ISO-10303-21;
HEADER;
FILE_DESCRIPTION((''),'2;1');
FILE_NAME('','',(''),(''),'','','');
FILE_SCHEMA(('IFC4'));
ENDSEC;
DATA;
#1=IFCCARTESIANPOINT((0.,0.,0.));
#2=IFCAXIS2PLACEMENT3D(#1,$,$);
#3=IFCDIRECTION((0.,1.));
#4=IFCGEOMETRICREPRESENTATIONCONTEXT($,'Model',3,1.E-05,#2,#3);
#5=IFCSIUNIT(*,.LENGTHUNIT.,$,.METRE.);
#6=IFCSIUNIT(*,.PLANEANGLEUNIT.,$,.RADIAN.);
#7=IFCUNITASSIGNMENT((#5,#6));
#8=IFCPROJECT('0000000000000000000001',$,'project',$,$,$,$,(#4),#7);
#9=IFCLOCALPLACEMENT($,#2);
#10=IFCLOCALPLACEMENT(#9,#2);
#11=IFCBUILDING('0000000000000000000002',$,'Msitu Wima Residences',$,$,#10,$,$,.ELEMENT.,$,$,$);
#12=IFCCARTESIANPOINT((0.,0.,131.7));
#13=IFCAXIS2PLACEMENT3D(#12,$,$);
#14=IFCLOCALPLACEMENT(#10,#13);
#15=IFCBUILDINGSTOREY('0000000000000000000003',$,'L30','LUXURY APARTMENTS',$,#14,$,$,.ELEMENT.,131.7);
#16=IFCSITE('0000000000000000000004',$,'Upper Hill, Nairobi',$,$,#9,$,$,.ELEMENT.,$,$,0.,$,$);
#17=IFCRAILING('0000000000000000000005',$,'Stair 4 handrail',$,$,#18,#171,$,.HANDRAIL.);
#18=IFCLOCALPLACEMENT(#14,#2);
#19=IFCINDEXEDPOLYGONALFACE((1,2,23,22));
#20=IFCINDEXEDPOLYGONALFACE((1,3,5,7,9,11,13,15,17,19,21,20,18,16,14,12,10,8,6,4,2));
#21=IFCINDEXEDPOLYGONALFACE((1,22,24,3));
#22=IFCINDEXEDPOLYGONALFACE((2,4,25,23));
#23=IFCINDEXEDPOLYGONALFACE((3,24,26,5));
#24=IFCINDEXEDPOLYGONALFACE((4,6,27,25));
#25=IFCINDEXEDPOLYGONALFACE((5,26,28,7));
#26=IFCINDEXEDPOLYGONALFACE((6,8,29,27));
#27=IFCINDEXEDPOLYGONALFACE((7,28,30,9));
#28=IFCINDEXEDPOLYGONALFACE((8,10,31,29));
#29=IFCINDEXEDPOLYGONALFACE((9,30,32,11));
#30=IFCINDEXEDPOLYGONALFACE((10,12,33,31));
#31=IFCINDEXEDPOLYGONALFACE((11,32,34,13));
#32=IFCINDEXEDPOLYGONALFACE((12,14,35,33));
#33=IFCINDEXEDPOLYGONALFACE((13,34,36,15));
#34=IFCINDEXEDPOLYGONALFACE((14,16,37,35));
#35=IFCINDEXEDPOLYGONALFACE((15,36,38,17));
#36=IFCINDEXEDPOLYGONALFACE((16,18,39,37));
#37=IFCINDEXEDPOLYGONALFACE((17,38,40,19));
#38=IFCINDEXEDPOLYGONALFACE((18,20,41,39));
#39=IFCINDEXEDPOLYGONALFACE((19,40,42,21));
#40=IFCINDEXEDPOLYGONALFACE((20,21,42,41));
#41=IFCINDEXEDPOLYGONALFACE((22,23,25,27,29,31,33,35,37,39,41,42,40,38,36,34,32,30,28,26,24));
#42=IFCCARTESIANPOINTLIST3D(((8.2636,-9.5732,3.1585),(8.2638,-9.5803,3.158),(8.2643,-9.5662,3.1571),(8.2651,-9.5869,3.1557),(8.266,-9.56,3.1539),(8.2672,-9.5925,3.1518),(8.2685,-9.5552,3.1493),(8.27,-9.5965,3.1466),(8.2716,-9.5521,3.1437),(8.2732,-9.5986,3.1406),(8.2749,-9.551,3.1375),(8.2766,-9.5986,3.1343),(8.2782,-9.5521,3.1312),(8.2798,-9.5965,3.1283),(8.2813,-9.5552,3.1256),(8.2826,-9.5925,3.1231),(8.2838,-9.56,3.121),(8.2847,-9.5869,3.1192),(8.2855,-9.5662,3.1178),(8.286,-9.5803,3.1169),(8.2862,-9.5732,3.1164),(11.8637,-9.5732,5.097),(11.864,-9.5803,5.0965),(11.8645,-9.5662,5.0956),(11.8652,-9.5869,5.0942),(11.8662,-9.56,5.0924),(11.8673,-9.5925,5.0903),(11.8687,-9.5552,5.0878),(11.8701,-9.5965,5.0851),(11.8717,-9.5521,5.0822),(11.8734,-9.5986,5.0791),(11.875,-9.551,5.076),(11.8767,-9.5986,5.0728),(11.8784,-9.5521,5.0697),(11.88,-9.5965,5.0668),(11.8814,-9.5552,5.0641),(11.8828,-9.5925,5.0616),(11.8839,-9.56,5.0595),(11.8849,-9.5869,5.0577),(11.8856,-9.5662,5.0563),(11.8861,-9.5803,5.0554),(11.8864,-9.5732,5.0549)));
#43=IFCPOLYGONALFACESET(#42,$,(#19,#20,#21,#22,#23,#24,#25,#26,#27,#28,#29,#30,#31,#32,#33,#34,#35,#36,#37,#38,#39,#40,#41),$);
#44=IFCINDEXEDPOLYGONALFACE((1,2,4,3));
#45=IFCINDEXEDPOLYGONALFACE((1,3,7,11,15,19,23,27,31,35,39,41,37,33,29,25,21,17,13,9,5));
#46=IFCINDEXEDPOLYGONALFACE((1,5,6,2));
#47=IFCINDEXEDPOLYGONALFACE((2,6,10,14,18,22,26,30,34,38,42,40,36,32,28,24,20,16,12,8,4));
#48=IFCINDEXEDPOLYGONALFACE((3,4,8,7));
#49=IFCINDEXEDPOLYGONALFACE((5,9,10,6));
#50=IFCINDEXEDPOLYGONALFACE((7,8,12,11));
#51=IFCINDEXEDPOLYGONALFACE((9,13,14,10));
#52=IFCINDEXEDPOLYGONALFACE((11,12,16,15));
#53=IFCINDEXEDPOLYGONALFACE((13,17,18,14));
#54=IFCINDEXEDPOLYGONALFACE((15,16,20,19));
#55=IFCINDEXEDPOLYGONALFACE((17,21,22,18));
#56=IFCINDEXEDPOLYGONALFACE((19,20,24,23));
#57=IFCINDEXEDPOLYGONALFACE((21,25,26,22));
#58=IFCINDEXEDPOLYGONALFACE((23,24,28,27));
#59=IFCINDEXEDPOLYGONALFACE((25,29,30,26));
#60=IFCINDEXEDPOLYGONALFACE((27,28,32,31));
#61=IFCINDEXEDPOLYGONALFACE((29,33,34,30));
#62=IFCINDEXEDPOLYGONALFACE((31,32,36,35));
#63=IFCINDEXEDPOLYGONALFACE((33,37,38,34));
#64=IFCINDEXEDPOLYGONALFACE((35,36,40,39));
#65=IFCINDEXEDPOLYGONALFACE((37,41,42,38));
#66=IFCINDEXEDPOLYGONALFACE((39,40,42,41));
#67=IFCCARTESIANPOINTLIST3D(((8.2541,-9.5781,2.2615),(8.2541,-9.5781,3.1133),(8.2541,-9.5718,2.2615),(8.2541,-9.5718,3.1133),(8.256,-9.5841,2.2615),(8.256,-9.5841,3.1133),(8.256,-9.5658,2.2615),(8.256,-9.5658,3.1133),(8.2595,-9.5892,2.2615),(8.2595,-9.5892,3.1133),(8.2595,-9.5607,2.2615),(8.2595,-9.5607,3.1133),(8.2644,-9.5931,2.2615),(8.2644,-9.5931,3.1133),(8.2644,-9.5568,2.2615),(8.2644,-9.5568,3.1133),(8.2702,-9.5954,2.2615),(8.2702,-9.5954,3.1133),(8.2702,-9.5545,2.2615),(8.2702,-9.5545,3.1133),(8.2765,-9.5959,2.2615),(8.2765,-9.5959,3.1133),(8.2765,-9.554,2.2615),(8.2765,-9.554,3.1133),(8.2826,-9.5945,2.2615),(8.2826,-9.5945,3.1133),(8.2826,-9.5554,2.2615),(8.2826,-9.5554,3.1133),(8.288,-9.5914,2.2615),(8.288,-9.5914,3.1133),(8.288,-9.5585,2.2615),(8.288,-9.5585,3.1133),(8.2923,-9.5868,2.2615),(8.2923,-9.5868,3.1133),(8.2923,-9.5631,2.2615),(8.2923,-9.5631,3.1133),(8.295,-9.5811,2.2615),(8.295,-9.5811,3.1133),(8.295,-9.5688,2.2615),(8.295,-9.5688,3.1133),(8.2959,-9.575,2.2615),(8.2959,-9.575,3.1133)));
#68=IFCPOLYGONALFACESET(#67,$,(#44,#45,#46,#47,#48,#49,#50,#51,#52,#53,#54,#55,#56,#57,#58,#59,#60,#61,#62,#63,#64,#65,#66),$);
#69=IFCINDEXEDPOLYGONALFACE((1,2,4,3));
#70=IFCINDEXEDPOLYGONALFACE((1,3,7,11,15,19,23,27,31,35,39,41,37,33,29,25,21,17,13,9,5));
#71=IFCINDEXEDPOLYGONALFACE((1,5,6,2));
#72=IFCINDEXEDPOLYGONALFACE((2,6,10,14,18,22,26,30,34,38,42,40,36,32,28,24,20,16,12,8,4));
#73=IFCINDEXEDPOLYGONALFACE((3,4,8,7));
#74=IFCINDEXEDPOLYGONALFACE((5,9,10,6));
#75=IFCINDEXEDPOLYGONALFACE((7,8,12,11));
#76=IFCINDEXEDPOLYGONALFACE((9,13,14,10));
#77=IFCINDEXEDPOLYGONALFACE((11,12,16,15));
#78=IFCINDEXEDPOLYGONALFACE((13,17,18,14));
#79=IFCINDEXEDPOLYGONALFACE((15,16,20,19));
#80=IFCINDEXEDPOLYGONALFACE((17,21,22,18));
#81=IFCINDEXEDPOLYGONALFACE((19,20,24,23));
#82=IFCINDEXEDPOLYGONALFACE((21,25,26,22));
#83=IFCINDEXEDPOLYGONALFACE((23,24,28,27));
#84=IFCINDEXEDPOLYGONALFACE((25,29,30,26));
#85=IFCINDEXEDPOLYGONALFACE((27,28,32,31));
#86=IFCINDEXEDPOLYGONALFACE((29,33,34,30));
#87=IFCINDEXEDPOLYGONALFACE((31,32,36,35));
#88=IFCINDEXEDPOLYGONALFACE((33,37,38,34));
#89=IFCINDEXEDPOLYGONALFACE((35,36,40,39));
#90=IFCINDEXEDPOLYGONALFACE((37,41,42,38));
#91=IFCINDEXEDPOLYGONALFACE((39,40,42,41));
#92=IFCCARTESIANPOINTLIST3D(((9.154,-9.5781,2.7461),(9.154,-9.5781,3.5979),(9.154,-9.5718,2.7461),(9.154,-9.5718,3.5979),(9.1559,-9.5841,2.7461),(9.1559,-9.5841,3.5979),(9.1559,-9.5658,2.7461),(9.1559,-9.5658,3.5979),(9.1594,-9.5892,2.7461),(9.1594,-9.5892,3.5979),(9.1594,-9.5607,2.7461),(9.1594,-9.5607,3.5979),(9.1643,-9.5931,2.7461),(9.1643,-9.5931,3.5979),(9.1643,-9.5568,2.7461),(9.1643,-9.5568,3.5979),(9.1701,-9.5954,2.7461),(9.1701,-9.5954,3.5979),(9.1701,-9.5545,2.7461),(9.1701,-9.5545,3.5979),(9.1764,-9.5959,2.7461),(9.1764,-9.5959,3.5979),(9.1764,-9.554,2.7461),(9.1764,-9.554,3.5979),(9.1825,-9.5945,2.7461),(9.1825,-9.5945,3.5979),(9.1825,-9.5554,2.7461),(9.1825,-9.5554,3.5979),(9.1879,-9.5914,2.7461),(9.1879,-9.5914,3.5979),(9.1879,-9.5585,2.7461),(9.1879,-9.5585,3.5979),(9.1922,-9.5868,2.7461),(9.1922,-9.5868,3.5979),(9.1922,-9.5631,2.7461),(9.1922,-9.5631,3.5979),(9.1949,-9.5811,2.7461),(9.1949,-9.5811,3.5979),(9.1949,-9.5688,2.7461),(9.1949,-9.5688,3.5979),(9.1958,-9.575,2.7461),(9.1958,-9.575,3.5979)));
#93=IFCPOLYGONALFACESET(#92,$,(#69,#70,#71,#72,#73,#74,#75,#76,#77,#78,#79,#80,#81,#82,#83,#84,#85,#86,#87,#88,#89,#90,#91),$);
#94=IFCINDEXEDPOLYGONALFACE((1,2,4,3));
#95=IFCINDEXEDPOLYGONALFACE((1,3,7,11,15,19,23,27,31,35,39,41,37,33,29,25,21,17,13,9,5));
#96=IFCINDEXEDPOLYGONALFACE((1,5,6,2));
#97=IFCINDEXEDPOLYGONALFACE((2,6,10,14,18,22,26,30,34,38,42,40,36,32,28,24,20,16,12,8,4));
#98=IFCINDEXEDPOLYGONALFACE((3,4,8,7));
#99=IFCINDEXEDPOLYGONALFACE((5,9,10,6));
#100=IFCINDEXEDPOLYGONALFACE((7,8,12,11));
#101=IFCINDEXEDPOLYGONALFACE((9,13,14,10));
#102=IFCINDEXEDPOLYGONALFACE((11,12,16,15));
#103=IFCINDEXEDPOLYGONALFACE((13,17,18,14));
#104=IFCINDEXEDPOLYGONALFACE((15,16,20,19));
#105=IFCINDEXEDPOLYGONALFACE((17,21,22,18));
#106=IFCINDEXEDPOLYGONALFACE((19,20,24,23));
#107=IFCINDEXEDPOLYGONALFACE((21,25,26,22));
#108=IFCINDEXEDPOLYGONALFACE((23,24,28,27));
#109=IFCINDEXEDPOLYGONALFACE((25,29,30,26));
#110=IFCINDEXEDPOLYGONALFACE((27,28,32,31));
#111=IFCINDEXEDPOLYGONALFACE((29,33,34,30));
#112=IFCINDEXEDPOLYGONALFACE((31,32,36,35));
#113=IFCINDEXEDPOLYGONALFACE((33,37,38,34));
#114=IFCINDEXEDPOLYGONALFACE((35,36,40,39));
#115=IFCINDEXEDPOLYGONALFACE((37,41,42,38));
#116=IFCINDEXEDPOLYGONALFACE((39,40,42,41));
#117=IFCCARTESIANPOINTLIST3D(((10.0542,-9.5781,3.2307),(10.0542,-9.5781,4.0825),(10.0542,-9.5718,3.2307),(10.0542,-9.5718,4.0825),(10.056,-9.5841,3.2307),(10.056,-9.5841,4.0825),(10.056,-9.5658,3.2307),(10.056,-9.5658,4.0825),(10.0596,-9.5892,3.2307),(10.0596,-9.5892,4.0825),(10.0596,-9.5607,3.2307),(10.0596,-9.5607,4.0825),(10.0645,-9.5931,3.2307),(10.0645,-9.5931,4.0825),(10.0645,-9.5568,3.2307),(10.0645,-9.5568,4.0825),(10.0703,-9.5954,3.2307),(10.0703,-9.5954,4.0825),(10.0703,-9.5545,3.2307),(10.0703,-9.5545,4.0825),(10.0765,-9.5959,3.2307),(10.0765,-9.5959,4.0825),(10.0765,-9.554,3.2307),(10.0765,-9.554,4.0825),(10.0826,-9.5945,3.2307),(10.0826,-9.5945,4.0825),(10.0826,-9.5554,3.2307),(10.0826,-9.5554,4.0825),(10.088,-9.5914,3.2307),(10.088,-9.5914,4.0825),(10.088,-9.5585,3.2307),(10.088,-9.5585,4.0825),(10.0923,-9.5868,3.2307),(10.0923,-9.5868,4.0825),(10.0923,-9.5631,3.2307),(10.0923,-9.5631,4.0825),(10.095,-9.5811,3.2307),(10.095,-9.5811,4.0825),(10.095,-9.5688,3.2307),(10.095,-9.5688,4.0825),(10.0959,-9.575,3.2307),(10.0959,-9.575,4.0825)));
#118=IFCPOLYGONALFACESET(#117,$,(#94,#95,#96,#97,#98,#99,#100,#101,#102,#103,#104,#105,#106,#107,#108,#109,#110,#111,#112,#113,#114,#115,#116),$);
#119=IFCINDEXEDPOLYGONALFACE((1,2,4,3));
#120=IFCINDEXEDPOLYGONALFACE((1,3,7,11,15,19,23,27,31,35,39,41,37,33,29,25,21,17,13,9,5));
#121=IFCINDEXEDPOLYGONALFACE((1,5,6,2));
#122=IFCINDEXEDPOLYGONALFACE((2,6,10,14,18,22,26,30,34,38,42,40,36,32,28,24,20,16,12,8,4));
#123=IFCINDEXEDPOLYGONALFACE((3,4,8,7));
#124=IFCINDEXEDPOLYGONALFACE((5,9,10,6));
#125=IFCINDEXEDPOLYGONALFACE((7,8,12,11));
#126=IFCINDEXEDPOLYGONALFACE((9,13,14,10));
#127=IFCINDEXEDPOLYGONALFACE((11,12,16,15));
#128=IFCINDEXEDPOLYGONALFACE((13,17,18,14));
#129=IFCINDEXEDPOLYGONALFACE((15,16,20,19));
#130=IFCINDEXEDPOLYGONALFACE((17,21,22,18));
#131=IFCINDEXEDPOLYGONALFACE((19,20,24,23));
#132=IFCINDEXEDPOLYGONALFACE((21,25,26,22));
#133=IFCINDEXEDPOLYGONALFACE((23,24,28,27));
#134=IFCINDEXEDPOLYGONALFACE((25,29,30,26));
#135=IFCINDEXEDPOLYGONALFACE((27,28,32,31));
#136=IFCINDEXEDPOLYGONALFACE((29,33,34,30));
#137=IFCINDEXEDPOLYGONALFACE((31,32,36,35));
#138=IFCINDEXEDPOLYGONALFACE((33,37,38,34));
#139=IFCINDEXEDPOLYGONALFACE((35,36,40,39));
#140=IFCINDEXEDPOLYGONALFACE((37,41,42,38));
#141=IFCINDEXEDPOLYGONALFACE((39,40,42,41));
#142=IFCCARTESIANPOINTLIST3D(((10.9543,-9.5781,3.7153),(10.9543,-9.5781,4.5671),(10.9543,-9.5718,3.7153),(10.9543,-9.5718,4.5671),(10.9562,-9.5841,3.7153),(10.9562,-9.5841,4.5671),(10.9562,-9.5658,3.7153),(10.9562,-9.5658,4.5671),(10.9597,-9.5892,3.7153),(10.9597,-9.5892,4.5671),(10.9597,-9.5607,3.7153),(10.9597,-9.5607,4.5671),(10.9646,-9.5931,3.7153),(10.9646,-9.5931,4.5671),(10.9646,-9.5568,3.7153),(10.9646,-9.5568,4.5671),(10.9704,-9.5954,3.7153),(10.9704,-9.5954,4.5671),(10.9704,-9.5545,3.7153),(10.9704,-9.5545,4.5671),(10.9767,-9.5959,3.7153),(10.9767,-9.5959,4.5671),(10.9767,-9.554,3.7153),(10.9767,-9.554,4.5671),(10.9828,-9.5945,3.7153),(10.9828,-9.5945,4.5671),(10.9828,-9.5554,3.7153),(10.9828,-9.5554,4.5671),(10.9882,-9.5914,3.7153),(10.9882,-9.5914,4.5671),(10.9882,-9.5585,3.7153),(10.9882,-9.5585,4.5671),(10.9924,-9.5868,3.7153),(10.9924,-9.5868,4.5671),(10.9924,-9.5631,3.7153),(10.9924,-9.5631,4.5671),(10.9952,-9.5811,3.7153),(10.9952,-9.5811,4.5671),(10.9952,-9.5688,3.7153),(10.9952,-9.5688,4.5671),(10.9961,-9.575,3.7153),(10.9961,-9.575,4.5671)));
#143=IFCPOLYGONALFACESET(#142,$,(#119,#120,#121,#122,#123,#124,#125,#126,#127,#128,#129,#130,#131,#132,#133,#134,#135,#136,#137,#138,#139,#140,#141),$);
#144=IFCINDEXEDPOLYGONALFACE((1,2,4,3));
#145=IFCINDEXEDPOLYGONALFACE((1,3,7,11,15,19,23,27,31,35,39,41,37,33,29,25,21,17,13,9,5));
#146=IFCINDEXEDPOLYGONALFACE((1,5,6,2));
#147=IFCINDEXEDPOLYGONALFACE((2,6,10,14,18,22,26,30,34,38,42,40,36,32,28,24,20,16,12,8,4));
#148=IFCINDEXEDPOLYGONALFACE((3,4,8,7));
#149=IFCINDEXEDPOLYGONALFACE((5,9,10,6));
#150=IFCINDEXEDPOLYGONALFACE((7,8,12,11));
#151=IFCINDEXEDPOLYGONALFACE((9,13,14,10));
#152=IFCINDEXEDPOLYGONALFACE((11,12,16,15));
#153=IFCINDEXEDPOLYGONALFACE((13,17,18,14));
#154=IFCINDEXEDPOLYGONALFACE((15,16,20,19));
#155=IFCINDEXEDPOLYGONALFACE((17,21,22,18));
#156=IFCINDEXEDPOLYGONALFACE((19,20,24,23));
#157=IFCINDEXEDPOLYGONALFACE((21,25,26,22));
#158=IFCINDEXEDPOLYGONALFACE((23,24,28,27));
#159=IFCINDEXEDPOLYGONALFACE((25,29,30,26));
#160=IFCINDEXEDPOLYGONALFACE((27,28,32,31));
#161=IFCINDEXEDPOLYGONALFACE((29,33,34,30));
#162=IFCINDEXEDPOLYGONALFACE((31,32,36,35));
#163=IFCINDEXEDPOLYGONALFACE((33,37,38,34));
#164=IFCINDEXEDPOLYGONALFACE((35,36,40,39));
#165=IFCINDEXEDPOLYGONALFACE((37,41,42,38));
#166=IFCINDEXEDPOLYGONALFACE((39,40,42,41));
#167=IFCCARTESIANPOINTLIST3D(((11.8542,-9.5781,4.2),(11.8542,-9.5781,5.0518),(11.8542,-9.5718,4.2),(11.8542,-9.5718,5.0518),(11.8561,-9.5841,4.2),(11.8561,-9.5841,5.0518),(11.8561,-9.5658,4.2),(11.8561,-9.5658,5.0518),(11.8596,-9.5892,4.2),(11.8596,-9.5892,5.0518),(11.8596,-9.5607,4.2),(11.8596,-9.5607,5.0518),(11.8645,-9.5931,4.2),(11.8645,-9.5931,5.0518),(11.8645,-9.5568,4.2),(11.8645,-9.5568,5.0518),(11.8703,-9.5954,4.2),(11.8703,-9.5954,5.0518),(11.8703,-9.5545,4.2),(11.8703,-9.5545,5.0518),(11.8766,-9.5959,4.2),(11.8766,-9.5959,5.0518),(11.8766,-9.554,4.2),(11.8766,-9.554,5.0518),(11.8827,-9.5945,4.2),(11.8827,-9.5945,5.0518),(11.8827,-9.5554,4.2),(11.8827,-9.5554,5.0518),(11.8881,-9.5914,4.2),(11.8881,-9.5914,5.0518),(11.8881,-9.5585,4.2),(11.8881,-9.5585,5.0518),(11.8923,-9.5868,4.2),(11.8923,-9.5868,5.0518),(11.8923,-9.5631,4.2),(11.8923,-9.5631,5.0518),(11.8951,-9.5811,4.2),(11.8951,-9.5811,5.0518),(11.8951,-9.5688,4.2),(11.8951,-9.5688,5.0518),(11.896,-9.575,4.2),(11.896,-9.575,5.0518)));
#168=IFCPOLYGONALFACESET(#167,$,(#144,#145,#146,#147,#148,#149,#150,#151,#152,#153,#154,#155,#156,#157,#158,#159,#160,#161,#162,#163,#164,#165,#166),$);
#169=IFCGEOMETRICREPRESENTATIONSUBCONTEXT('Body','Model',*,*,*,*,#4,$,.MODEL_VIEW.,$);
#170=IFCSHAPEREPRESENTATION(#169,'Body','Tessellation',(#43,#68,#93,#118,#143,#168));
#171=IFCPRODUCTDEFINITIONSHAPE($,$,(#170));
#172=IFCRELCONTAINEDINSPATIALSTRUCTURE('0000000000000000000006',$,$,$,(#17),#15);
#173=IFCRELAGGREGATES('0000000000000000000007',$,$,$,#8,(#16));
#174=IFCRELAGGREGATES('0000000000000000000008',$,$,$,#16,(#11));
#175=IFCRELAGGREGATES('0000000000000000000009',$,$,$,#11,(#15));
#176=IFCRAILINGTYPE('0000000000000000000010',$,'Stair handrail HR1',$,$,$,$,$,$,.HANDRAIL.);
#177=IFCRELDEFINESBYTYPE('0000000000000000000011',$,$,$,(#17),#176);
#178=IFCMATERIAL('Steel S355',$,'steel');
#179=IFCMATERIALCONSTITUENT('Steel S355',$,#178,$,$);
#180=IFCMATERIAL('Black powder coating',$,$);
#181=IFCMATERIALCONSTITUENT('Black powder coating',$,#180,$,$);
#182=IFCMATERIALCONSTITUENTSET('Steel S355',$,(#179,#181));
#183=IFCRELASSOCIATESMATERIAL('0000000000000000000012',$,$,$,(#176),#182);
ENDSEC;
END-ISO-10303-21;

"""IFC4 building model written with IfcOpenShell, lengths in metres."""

from ifc_helpers import new_model, si_unit, direction, frame, origin, origin_2d, place, context, subcontext, project, spatial, circle, extrude, material, constituent, constituent_set, type_object, element, save


model = new_model("IFC4")

# Units and contexts
model_context = context("Model", 3, precision=1e-05, world=origin(), true_north=direction((0.0, 1.0)))
body_context = subcontext(model_context, "Body", "Model", "MODEL_VIEW")
ifc_project = project(units=[si_unit("LENGTHUNIT", "METRE"), si_unit("PLANEANGLEUNIT", "RADIAN")], contexts=[model_context])

# Site, building, storey
site_placement = place(None, origin())
site = spatial("IfcSite", under=ifc_project, at=site_placement, Name="Upper Hill, Nairobi", CompositionType="ELEMENT", RefElevation=0.0)
building_placement = place(site_placement, origin())
building = spatial("IfcBuilding", under=site, at=building_placement, Name="Msitu Wima Residences", CompositionType="ELEMENT")
storey_placement = place(building_placement, frame((0.0, 0.0, 131.7)))
storey = spatial("IfcBuildingStorey", under=building, at=storey_placement, Name="L30", Description="LUXURY APARTMENTS", CompositionType="ELEMENT", Elevation=131.7)

# Railing
ifc_material_1 = material(Name="Steel S355", Category="steel")
ifc_constituent_1 = constituent(ifc_material_1, Name="Steel S355")
ifc_material_2 = material(Name="Black powder coating")
ifc_constituent_2 = constituent(ifc_material_2, Name="Black powder coating")
ifc_constituent_set = constituent_set(constituents=[ifc_constituent_1, ifc_constituent_2], Name="Steel S355")
railing_type = type_object("IfcRailingType", Name="Stair handrail HR1", PredefinedType="HANDRAIL", material=ifc_constituent_set)
for number, where, name in (
    (1, (8.2749, -9.575, 2.2615), "Stair 4 handrail"),
):
    element("IfcRailing", number, at=place(storey_placement, frame(where)), inside=storey, type_object=railing_type, Name=name, PredefinedType="HANDRAIL", context=body_context, shape_type="SweptSolid", body=[
        extrude(circle(Radius=0.0239, at=origin_2d()), frame((0.0, 0.0, 0.876), z_axis=(0.880475, 0.0, 0.474093), x_axis=(0.0, 1.0, 0.0)), (0.0, 0.0, 1.0), 4.0889),
        extrude(circle(Radius=0.021, at=origin_2d()), origin(), (0.0, 0.0, 1.0), 0.8518),
        extrude(circle(Radius=0.021, at=origin_2d()), frame((0.8999, 0.0, 0.4846)), (0.0, 0.0, 1.0), 0.8518),
        extrude(circle(Radius=0.021, at=origin_2d()), frame((1.8, 0.0, 0.9692)), (0.0, 0.0, 1.0), 0.8518),
        extrude(circle(Radius=0.021, at=origin_2d()), frame((2.7002, 0.0, 1.4539)), (0.0, 0.0, 1.0), 0.8518),
        extrude(circle(Radius=0.021, at=origin_2d()), frame((3.6001, 0.0, 1.9385)), (0.0, 0.0, 1.0), 0.8518),
    ])

save(model, "model.ifc")
